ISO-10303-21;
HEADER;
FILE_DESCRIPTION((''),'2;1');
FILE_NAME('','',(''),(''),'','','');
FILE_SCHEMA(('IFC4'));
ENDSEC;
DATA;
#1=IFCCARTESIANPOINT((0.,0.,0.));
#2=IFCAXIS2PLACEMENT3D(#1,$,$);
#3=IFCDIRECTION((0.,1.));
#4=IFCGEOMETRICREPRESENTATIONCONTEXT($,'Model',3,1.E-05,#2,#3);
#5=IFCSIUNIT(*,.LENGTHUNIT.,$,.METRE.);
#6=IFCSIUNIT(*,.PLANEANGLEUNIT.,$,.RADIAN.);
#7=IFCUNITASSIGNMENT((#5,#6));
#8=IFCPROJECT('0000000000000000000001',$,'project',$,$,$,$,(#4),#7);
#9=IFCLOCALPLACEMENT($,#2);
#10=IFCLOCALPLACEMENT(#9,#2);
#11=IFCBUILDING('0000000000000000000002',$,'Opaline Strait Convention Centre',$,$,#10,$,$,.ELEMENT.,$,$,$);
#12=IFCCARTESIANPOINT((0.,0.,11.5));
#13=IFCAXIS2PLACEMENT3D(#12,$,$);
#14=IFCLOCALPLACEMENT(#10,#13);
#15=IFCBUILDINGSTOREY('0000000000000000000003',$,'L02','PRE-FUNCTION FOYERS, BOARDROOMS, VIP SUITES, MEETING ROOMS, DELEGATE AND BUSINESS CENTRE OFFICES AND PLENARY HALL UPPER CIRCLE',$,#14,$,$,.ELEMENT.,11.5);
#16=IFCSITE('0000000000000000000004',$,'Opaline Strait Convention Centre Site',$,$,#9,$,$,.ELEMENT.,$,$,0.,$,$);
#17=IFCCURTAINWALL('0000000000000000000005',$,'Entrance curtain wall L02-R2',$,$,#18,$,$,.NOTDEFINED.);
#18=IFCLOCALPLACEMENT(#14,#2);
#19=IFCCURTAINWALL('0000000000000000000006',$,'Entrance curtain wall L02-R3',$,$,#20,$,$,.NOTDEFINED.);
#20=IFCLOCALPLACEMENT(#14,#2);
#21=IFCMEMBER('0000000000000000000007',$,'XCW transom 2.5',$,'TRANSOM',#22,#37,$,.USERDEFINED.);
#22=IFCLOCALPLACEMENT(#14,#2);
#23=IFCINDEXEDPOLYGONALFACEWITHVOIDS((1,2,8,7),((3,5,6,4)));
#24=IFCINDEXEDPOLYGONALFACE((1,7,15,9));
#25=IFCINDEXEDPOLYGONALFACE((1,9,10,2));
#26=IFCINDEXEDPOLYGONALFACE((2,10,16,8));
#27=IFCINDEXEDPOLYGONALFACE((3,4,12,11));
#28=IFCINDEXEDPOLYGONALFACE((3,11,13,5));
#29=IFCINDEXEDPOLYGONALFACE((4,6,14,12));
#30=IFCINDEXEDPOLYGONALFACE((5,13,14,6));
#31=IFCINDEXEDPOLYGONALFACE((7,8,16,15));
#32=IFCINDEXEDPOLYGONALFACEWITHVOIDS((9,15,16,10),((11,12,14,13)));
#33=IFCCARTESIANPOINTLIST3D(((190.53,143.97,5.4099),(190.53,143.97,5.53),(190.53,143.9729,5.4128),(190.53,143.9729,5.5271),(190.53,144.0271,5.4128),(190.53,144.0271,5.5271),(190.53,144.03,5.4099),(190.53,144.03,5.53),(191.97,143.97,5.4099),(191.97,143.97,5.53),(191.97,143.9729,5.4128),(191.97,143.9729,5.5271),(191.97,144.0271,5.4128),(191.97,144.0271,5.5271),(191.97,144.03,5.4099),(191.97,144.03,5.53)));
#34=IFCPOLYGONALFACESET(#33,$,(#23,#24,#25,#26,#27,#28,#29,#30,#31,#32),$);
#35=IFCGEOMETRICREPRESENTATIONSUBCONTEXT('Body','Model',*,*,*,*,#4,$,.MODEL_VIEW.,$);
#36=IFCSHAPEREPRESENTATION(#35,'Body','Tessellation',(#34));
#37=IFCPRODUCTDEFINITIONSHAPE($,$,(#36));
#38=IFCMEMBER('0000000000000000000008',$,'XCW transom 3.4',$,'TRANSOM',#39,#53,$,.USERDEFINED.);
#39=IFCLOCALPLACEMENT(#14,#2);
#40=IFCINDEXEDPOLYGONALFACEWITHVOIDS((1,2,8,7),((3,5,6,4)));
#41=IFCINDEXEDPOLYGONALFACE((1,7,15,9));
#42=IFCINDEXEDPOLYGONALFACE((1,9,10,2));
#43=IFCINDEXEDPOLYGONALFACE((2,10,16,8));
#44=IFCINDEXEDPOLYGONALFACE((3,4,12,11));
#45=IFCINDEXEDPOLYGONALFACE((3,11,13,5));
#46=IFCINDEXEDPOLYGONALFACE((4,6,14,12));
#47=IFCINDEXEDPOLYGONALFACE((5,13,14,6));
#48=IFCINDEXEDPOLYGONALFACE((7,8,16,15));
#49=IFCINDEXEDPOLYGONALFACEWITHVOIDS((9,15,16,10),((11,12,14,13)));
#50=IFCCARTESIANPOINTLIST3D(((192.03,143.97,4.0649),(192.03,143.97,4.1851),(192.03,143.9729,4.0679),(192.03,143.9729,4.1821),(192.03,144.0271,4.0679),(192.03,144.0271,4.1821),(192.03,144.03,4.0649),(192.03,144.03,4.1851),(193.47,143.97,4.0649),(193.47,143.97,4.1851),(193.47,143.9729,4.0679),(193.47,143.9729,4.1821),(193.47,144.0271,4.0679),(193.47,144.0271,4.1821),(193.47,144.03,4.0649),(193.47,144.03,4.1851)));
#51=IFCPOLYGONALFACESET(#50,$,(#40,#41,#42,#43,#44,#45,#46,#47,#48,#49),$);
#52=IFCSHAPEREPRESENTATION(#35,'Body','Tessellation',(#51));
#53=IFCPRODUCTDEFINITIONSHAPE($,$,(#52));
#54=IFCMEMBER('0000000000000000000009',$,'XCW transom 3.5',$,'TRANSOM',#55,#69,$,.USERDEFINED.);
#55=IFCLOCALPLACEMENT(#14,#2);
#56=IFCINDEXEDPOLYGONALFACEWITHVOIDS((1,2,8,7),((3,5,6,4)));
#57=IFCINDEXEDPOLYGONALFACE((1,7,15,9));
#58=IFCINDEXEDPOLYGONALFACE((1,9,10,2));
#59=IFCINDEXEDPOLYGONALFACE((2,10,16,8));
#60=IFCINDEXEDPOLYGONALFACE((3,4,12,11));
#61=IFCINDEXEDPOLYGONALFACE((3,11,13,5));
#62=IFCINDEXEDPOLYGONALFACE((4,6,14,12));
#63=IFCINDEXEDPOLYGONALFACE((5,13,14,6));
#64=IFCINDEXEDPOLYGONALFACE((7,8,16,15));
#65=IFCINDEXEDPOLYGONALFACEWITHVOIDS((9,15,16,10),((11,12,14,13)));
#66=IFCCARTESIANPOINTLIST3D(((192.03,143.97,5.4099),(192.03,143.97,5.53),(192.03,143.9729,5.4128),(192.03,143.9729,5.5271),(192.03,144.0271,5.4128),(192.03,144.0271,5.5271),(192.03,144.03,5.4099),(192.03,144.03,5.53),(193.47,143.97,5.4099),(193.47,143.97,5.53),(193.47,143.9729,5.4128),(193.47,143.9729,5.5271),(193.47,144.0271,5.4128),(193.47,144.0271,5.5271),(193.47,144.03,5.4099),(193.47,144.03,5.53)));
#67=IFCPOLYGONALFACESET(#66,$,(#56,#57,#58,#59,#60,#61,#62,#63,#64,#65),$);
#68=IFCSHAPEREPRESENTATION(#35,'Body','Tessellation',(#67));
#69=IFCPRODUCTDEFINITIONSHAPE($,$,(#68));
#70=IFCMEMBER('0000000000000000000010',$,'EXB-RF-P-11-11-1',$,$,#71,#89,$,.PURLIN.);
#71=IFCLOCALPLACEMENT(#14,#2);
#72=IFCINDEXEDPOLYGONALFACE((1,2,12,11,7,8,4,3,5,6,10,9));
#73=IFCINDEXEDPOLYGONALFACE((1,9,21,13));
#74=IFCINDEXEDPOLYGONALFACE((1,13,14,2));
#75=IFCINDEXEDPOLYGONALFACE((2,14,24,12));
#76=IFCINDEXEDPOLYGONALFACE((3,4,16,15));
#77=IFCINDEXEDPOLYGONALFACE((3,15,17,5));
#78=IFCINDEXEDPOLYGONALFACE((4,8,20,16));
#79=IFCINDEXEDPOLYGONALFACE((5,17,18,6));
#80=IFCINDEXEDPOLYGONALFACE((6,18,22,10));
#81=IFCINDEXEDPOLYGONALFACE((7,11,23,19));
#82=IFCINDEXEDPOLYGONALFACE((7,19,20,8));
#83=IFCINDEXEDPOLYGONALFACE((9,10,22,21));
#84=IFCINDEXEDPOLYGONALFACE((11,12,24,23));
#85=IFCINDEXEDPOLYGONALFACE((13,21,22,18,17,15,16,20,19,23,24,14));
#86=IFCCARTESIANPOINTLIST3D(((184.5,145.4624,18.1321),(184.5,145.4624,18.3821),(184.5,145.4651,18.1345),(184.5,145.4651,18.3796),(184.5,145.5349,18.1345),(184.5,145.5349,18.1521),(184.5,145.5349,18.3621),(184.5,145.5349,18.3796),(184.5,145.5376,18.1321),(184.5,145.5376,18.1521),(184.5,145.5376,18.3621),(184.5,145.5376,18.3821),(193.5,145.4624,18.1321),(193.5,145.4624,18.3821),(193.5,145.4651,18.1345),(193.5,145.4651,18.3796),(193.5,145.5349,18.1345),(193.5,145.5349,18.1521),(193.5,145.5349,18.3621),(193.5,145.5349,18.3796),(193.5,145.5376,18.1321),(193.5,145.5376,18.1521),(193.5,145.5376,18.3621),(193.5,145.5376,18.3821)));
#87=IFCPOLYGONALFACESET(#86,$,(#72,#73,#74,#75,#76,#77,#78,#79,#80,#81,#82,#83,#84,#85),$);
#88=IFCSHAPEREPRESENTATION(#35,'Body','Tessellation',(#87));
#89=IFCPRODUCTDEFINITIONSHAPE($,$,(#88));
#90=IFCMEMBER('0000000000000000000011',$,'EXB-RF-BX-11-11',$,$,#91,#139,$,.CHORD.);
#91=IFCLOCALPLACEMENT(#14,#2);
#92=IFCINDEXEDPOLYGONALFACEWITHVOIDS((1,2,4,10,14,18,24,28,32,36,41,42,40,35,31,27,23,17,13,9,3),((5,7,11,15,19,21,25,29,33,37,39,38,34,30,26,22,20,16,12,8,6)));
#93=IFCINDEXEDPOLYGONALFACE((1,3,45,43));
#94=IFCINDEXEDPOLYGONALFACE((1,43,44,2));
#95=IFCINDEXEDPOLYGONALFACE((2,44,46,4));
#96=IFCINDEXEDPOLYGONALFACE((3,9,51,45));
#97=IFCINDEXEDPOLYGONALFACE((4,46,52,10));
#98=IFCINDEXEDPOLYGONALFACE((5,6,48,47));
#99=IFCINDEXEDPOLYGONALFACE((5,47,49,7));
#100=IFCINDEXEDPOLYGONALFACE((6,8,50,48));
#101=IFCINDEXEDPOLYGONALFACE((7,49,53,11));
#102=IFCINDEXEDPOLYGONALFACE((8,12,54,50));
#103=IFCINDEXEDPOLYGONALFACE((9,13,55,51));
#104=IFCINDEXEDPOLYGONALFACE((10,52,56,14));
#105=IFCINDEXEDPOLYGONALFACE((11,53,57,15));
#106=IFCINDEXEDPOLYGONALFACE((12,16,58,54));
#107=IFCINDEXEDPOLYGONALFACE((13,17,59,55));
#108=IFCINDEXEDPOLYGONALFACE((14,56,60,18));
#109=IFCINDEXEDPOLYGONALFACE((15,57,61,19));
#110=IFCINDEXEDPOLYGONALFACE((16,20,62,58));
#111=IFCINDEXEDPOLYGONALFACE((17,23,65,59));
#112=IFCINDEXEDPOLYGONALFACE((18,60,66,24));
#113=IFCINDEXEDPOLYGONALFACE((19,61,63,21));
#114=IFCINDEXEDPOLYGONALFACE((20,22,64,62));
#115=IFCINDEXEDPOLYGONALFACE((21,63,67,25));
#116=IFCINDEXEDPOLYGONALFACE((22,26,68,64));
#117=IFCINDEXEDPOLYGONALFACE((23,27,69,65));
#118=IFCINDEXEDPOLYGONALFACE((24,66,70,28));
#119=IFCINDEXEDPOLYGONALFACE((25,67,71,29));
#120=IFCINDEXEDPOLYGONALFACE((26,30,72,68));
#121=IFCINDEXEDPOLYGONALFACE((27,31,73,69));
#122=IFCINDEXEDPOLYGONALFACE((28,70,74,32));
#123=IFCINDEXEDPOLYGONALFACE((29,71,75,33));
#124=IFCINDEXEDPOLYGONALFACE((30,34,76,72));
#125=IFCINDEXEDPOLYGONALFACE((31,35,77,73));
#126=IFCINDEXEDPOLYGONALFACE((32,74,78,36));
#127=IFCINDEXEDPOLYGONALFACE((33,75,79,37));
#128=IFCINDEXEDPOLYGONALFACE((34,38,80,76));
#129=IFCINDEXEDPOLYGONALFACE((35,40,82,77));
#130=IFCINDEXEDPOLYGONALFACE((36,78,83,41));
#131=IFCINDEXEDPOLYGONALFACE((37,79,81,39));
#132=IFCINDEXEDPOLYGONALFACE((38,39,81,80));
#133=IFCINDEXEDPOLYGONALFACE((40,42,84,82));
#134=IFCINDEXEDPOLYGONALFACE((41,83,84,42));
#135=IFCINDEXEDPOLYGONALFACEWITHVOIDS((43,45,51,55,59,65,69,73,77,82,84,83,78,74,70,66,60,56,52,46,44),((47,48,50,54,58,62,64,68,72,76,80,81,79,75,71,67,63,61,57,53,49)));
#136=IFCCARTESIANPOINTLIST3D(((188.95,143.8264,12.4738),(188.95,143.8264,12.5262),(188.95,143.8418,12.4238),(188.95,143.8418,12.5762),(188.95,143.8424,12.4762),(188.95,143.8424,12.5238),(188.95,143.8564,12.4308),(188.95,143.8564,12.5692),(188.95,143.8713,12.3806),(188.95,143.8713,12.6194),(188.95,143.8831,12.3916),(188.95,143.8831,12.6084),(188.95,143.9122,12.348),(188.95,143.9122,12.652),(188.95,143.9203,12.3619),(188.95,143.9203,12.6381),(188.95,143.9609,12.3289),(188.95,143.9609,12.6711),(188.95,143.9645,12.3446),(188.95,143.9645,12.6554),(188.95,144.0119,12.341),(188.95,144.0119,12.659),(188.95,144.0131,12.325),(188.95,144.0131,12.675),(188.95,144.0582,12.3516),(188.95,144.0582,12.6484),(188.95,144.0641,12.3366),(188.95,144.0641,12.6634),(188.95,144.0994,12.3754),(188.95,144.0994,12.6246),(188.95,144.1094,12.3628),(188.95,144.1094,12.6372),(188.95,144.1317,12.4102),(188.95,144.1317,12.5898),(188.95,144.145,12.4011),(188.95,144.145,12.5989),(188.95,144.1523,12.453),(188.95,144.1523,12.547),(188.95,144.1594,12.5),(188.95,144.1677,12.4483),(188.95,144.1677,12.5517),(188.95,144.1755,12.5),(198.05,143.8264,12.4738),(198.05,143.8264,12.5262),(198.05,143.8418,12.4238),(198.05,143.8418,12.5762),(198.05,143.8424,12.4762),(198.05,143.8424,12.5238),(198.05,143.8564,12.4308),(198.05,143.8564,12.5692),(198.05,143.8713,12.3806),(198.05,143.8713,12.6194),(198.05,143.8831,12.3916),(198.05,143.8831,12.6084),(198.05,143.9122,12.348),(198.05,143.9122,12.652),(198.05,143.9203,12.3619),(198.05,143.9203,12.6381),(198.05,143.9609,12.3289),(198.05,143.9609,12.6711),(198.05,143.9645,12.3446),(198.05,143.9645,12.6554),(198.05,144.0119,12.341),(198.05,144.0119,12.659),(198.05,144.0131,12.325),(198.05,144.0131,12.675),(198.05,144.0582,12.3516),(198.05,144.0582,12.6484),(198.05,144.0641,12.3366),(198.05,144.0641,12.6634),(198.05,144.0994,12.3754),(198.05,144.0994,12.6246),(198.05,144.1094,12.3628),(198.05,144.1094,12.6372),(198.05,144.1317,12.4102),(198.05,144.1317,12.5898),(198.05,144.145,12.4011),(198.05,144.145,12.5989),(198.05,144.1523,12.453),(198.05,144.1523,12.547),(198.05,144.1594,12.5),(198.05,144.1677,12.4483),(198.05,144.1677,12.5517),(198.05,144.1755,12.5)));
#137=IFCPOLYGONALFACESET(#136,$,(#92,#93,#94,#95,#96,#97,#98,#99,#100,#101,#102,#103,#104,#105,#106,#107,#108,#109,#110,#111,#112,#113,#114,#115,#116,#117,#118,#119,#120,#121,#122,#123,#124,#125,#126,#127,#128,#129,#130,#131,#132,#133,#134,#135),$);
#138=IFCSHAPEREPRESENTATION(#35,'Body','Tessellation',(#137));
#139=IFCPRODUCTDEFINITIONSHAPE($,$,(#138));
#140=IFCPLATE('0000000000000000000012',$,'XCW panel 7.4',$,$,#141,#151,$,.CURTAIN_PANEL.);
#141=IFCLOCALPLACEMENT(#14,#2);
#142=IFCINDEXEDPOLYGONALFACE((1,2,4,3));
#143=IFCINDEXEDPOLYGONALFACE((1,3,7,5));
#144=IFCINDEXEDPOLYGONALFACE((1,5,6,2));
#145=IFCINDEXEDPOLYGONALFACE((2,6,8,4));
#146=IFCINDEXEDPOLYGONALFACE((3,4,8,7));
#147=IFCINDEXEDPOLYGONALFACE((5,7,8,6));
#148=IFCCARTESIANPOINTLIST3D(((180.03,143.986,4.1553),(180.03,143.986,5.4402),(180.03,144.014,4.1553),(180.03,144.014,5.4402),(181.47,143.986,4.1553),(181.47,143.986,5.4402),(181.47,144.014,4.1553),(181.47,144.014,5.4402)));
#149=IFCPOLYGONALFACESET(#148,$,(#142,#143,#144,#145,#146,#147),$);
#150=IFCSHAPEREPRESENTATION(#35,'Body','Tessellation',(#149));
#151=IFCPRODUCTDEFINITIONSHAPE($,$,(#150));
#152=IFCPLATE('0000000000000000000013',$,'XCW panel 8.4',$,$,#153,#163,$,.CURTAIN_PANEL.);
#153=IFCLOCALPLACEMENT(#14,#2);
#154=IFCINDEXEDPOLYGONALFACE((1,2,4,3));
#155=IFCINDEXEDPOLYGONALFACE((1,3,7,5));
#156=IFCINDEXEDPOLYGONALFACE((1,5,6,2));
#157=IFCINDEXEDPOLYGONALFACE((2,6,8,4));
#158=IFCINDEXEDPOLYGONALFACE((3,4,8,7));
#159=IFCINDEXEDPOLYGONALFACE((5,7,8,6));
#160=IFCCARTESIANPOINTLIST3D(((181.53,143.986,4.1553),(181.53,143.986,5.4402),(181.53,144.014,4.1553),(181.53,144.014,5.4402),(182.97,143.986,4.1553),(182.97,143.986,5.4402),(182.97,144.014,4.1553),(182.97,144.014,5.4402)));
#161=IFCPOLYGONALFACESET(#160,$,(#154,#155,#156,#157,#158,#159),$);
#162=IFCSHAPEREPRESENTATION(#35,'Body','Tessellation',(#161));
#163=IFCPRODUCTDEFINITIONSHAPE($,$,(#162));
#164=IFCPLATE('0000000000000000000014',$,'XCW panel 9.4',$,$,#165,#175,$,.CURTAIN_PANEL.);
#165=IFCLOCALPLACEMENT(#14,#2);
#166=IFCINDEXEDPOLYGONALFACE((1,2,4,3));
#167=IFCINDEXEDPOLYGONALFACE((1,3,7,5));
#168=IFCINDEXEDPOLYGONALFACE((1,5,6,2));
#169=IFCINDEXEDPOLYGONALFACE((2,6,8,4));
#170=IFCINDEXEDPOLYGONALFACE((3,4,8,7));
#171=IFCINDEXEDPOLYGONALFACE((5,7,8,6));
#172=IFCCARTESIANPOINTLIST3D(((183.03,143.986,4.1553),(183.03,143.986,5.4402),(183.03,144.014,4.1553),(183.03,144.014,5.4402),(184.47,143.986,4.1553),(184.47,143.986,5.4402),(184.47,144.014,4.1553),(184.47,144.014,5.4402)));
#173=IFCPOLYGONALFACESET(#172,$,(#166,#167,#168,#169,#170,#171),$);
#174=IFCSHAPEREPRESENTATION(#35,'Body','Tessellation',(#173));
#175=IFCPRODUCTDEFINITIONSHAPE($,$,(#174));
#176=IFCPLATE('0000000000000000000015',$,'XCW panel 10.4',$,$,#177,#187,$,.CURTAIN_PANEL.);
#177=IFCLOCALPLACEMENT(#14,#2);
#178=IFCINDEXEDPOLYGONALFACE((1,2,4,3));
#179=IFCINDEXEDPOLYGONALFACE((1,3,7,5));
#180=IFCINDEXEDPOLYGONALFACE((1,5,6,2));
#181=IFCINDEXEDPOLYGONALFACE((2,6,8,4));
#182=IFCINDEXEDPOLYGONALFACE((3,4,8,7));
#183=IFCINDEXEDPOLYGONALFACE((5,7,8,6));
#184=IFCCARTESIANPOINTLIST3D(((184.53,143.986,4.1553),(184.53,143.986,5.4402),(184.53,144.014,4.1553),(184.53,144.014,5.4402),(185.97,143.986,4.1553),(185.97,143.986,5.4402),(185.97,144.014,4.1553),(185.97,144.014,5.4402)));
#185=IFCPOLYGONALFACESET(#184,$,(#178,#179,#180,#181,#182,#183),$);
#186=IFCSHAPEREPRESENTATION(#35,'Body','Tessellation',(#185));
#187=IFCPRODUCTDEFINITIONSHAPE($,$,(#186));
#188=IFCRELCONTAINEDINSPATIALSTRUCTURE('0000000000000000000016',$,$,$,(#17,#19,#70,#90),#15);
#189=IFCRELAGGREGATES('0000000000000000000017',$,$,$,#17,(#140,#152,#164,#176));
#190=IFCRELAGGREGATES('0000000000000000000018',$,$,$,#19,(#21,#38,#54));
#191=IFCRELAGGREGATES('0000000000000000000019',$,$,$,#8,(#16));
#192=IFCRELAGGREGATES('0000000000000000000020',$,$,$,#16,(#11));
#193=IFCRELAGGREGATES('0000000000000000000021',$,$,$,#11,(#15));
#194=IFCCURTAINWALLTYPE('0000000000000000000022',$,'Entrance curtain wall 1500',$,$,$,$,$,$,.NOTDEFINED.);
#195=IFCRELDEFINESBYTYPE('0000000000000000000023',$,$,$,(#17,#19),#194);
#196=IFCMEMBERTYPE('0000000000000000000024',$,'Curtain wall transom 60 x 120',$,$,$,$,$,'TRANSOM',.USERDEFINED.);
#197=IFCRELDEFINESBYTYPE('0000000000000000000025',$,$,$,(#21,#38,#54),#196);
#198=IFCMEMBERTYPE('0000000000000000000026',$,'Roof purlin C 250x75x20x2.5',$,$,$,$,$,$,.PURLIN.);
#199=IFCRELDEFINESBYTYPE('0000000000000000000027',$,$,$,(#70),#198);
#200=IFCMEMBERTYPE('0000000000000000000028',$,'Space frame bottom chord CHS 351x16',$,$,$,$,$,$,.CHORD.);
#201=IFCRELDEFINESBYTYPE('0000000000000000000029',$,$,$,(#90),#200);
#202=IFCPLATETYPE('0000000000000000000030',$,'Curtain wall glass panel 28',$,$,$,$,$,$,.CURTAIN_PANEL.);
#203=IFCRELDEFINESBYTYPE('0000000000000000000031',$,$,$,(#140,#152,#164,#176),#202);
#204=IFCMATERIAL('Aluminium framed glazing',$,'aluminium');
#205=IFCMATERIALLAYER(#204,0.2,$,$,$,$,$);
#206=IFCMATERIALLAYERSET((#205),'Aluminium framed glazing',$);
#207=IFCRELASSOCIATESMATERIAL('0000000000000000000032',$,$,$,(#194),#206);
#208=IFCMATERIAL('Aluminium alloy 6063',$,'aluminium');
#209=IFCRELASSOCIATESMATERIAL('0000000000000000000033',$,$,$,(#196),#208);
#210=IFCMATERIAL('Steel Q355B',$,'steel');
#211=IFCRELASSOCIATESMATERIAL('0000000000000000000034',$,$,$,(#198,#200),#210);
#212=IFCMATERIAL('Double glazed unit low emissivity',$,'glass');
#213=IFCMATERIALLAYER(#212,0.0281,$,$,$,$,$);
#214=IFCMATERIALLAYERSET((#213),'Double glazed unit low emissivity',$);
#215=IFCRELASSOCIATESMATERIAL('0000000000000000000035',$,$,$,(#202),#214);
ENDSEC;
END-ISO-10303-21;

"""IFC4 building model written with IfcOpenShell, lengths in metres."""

from ifc_helpers import new_model, si_unit, direction, frame, origin, origin_2d, place, context, subcontext, project, spatial, polyline, rectangle, hollow_rectangle, hollow_circle, outline, extrude, material, layer, layer_set, material_profile, profile_set, type_object, element, aggregate, save


model = new_model("IFC4")

# Units and contexts
model_context = context("Model", 3, precision=1e-05, world=origin(), true_north=direction((0.0, 1.0)))
body_context = subcontext(model_context, "Body", "Model", "MODEL_VIEW")
ifc_project = project(units=[si_unit("LENGTHUNIT", "METRE"), si_unit("PLANEANGLEUNIT", "RADIAN")], contexts=[model_context])

# Site, building, storey
site_placement = place(None, origin())
site = spatial("IfcSite", under=ifc_project, at=site_placement, Name="Opaline Strait Convention Centre Site", CompositionType="ELEMENT", RefElevation=0.0)
building_placement = place(site_placement, origin())
building = spatial("IfcBuilding", under=site, at=building_placement, Name="Opaline Strait Convention Centre", CompositionType="ELEMENT")
storey_placement = place(building_placement, frame((0.0, 0.0, 11.5)))
storey = spatial("IfcBuildingStorey", under=building, at=storey_placement, Name="L02", Description="PRE-FUNCTION FOYERS, BOARDROOMS, VIP SUITES, MEETING ROOMS, DELEGATE AND BUSINESS CENTRE OFFICES AND PLENARY HALL UPPER CIRCLE", CompositionType="ELEMENT", Elevation=11.5)

# Curtain walls, members
ifc_material_1 = material(Name="Aluminium framed glazing", Category="aluminium")
ifc_layer_1 = layer(ifc_material_1, 0.2)
ifc_layer_set_1 = layer_set([ifc_layer_1], Name="Aluminium framed glazing")
curtain_wall_type = type_object("IfcCurtainWallType", Name="Entrance curtain wall 1500", PredefinedType="NOTDEFINED", material=ifc_layer_set_1)
curtain_wall_1_placement = place(storey_placement, origin())
curtain_wall_1 = element("IfcCurtainWall", 1, at=curtain_wall_1_placement, inside=storey, type_object=curtain_wall_type, Name="Entrance curtain wall L02-R2", PredefinedType="NOTDEFINED")
ifc_material_2 = material(Name="Aluminium alloy 6063", Category="aluminium")
ifc_material_profile_1 = material_profile(ifc_material_2, hollow_rectangle(XDim=0.0601, YDim=0.1201, WallThickness=0.0029, at=origin_2d()), Name="TRANSOM 60x120x3")
ifc_profile_set_1 = profile_set([ifc_material_profile_1], Name="Aluminium alloy 6063")
member_type_1 = type_object("IfcMemberType", Name="Curtain wall transom 60 x 120", ElementType="TRANSOM", PredefinedType="USERDEFINED", material=ifc_profile_set_1)
curtain_wall_2_placement = place(storey_placement, origin())
curtain_wall_2 = element("IfcCurtainWall", 2, at=curtain_wall_2_placement, inside=storey, type_object=curtain_wall_type, Name="Entrance curtain wall L02-R3", PredefinedType="NOTDEFINED")
member_1_placement = place(storey_placement, frame((190.53, 144.0, 5.47), z_axis=(1.0, 0.0, 0.0), x_axis=(0.0, 1.0, 0.0)))
member_1 = element("IfcMember", 3, at=member_1_placement, type_object=member_type_1, Name="XCW transom 2.5", ObjectType="TRANSOM", PredefinedType="USERDEFINED", context=body_context, shape_type="SweptSolid", body=[
    extrude(hollow_rectangle(XDim=0.0601, YDim=0.1201, WallThickness=0.0029, at=origin_2d()), origin(), (0.0, 0.0, 1.0), 1.4399),
])
member_2_placement = place(storey_placement, frame((192.03, 144.0, 4.125), z_axis=(1.0, 0.0, 0.0), x_axis=(0.0, 1.0, 0.0)))
member_2 = element("IfcMember", 4, at=member_2_placement, type_object=member_type_1, Name="XCW transom 3.4", ObjectType="TRANSOM", PredefinedType="USERDEFINED", context=body_context, shape_type="SweptSolid", body=[
    extrude(hollow_rectangle(XDim=0.0601, YDim=0.1201, WallThickness=0.0029, at=origin_2d()), origin(), (0.0, 0.0, 1.0), 1.4399),
])
member_3_placement = place(storey_placement, frame((192.03, 144.0, 5.47), z_axis=(1.0, 0.0, 0.0), x_axis=(0.0, 1.0, 0.0)))
member_3 = element("IfcMember", 5, at=member_3_placement, type_object=member_type_1, Name="XCW transom 3.5", ObjectType="TRANSOM", PredefinedType="USERDEFINED", context=body_context, shape_type="SweptSolid", body=[
    extrude(hollow_rectangle(XDim=0.0601, YDim=0.1201, WallThickness=0.0029, at=origin_2d()), origin(), (0.0, 0.0, 1.0), 1.4399),
])

# Members
ifc_material_3 = material(Name="Steel Q355B", Category="steel")
ifc_material_profile_2 = material_profile(ifc_material_3, outline(polyline([(-0.0376, -0.125), (0.0376, -0.125), (0.0376, -0.105), (0.0349, -0.105), (0.0349, -0.1226), (-0.0349, -0.1226), (-0.0349, 0.1226), (0.0349, 0.1226), (0.0349, 0.105), (0.0376, 0.105), (0.0376, 0.125), (-0.0376, 0.125), (-0.0376, -0.125)])), Name="C 250x75x20x2.5")
ifc_profile_set_2 = profile_set([ifc_material_profile_2], Name="Steel Q355B")
member_type_2 = type_object("IfcMemberType", Name="Roof purlin C 250x75x20x2.5", PredefinedType="PURLIN", material=ifc_profile_set_2)
member_4_placement = place(storey_placement, frame((184.5, 145.5, 18.2571), z_axis=(1.0, 0.0, 0.0), x_axis=(0.0, 1.0, 0.0)))
element("IfcMember", 6, at=member_4_placement, inside=storey, type_object=member_type_2, Name="EXB-RF-P-11-11-1", PredefinedType="PURLIN", context=body_context, shape_type="SweptSolid", body=[
    extrude(outline(polyline([(-0.0376, -0.125), (0.0376, -0.125), (0.0376, -0.105), (0.0349, -0.105), (0.0349, -0.1226), (-0.0349, -0.1226), (-0.0349, 0.1226), (0.0349, 0.1226), (0.0349, 0.105), (0.0376, 0.105), (0.0376, 0.125), (-0.0376, 0.125), (-0.0376, -0.125)])), origin(), (0.0, 0.0, 1.0), 9.0),
])
ifc_material_profile_3 = material_profile(ifc_material_3, hollow_circle(Radius=0.1755, WallThickness=0.0161, at=origin_2d()), Name="CHS 351x16")
ifc_profile_set_3 = profile_set([ifc_material_profile_3], Name="Steel Q355B")
member_type_3 = type_object("IfcMemberType", Name="Space frame bottom chord CHS 351x16", PredefinedType="CHORD", material=ifc_profile_set_3)
member_5_placement = place(storey_placement, frame((188.95, 144.0, 12.5), z_axis=(1.0, 0.0, 0.0), x_axis=(0.0, 1.0, 0.0)))
element("IfcMember", 7, at=member_5_placement, inside=storey, type_object=member_type_3, Name="EXB-RF-BX-11-11", PredefinedType="CHORD", context=body_context, shape_type="SweptSolid", body=[
    extrude(hollow_circle(Radius=0.1755, WallThickness=0.0161, at=origin_2d()), origin(), (0.0, 0.0, 1.0), 9.1001),
])

# Plates
ifc_material_4 = material(Name="Double glazed unit low emissivity", Category="glass")
ifc_layer_2 = layer(ifc_material_4, 0.0281)
ifc_layer_set_2 = layer_set([ifc_layer_2], Name="Double glazed unit low emissivity")
plate_type = type_object("IfcPlateType", Name="Curtain wall glass panel 28", PredefinedType="CURTAIN_PANEL", material=ifc_layer_set_2)
plate_1_placement = place(storey_placement, frame((180.75, 144.0, 4.1553), z_axis=(0.0, 0.0, 1.0), x_axis=(1.0, 0.0, 0.0)))
plate_1 = element("IfcPlate", 8, at=plate_1_placement, type_object=plate_type, Name="XCW panel 7.4", PredefinedType="CURTAIN_PANEL", context=body_context, shape_type="SweptSolid", body=[
    extrude(rectangle(XDim=1.4399, YDim=0.0281, at=origin_2d()), origin(), (0.0, 0.0, 1.0), 1.2849),
])
plate_2_placement = place(storey_placement, frame((182.25, 144.0, 4.1553), z_axis=(0.0, 0.0, 1.0), x_axis=(1.0, 0.0, 0.0)))
plate_2 = element("IfcPlate", 9, at=plate_2_placement, type_object=plate_type, Name="XCW panel 8.4", PredefinedType="CURTAIN_PANEL", context=body_context, shape_type="SweptSolid", body=[
    extrude(rectangle(XDim=1.4399, YDim=0.0281, at=origin_2d()), origin(), (0.0, 0.0, 1.0), 1.2849),
])
plate_3_placement = place(storey_placement, frame((183.75, 144.0, 4.1553), z_axis=(0.0, 0.0, 1.0), x_axis=(1.0, 0.0, 0.0)))
plate_3 = element("IfcPlate", 10, at=plate_3_placement, type_object=plate_type, Name="XCW panel 9.4", PredefinedType="CURTAIN_PANEL", context=body_context, shape_type="SweptSolid", body=[
    extrude(rectangle(XDim=1.4399, YDim=0.0281, at=origin_2d()), origin(), (0.0, 0.0, 1.0), 1.2849),
])
plate_4_placement = place(storey_placement, frame((185.25, 144.0, 4.1553), z_axis=(0.0, 0.0, 1.0), x_axis=(1.0, 0.0, 0.0)))
plate_4 = element("IfcPlate", 11, at=plate_4_placement, type_object=plate_type, Name="XCW panel 10.4", PredefinedType="CURTAIN_PANEL", context=body_context, shape_type="SweptSolid", body=[
    extrude(rectangle(XDim=1.4399, YDim=0.0281, at=origin_2d()), origin(), (0.0, 0.0, 1.0), 1.2849),
])
aggregate(curtain_wall_1, [plate_1, plate_2, plate_3, plate_4])
aggregate(curtain_wall_2, [member_1, member_2, member_3])

save(model, "model.ifc")
